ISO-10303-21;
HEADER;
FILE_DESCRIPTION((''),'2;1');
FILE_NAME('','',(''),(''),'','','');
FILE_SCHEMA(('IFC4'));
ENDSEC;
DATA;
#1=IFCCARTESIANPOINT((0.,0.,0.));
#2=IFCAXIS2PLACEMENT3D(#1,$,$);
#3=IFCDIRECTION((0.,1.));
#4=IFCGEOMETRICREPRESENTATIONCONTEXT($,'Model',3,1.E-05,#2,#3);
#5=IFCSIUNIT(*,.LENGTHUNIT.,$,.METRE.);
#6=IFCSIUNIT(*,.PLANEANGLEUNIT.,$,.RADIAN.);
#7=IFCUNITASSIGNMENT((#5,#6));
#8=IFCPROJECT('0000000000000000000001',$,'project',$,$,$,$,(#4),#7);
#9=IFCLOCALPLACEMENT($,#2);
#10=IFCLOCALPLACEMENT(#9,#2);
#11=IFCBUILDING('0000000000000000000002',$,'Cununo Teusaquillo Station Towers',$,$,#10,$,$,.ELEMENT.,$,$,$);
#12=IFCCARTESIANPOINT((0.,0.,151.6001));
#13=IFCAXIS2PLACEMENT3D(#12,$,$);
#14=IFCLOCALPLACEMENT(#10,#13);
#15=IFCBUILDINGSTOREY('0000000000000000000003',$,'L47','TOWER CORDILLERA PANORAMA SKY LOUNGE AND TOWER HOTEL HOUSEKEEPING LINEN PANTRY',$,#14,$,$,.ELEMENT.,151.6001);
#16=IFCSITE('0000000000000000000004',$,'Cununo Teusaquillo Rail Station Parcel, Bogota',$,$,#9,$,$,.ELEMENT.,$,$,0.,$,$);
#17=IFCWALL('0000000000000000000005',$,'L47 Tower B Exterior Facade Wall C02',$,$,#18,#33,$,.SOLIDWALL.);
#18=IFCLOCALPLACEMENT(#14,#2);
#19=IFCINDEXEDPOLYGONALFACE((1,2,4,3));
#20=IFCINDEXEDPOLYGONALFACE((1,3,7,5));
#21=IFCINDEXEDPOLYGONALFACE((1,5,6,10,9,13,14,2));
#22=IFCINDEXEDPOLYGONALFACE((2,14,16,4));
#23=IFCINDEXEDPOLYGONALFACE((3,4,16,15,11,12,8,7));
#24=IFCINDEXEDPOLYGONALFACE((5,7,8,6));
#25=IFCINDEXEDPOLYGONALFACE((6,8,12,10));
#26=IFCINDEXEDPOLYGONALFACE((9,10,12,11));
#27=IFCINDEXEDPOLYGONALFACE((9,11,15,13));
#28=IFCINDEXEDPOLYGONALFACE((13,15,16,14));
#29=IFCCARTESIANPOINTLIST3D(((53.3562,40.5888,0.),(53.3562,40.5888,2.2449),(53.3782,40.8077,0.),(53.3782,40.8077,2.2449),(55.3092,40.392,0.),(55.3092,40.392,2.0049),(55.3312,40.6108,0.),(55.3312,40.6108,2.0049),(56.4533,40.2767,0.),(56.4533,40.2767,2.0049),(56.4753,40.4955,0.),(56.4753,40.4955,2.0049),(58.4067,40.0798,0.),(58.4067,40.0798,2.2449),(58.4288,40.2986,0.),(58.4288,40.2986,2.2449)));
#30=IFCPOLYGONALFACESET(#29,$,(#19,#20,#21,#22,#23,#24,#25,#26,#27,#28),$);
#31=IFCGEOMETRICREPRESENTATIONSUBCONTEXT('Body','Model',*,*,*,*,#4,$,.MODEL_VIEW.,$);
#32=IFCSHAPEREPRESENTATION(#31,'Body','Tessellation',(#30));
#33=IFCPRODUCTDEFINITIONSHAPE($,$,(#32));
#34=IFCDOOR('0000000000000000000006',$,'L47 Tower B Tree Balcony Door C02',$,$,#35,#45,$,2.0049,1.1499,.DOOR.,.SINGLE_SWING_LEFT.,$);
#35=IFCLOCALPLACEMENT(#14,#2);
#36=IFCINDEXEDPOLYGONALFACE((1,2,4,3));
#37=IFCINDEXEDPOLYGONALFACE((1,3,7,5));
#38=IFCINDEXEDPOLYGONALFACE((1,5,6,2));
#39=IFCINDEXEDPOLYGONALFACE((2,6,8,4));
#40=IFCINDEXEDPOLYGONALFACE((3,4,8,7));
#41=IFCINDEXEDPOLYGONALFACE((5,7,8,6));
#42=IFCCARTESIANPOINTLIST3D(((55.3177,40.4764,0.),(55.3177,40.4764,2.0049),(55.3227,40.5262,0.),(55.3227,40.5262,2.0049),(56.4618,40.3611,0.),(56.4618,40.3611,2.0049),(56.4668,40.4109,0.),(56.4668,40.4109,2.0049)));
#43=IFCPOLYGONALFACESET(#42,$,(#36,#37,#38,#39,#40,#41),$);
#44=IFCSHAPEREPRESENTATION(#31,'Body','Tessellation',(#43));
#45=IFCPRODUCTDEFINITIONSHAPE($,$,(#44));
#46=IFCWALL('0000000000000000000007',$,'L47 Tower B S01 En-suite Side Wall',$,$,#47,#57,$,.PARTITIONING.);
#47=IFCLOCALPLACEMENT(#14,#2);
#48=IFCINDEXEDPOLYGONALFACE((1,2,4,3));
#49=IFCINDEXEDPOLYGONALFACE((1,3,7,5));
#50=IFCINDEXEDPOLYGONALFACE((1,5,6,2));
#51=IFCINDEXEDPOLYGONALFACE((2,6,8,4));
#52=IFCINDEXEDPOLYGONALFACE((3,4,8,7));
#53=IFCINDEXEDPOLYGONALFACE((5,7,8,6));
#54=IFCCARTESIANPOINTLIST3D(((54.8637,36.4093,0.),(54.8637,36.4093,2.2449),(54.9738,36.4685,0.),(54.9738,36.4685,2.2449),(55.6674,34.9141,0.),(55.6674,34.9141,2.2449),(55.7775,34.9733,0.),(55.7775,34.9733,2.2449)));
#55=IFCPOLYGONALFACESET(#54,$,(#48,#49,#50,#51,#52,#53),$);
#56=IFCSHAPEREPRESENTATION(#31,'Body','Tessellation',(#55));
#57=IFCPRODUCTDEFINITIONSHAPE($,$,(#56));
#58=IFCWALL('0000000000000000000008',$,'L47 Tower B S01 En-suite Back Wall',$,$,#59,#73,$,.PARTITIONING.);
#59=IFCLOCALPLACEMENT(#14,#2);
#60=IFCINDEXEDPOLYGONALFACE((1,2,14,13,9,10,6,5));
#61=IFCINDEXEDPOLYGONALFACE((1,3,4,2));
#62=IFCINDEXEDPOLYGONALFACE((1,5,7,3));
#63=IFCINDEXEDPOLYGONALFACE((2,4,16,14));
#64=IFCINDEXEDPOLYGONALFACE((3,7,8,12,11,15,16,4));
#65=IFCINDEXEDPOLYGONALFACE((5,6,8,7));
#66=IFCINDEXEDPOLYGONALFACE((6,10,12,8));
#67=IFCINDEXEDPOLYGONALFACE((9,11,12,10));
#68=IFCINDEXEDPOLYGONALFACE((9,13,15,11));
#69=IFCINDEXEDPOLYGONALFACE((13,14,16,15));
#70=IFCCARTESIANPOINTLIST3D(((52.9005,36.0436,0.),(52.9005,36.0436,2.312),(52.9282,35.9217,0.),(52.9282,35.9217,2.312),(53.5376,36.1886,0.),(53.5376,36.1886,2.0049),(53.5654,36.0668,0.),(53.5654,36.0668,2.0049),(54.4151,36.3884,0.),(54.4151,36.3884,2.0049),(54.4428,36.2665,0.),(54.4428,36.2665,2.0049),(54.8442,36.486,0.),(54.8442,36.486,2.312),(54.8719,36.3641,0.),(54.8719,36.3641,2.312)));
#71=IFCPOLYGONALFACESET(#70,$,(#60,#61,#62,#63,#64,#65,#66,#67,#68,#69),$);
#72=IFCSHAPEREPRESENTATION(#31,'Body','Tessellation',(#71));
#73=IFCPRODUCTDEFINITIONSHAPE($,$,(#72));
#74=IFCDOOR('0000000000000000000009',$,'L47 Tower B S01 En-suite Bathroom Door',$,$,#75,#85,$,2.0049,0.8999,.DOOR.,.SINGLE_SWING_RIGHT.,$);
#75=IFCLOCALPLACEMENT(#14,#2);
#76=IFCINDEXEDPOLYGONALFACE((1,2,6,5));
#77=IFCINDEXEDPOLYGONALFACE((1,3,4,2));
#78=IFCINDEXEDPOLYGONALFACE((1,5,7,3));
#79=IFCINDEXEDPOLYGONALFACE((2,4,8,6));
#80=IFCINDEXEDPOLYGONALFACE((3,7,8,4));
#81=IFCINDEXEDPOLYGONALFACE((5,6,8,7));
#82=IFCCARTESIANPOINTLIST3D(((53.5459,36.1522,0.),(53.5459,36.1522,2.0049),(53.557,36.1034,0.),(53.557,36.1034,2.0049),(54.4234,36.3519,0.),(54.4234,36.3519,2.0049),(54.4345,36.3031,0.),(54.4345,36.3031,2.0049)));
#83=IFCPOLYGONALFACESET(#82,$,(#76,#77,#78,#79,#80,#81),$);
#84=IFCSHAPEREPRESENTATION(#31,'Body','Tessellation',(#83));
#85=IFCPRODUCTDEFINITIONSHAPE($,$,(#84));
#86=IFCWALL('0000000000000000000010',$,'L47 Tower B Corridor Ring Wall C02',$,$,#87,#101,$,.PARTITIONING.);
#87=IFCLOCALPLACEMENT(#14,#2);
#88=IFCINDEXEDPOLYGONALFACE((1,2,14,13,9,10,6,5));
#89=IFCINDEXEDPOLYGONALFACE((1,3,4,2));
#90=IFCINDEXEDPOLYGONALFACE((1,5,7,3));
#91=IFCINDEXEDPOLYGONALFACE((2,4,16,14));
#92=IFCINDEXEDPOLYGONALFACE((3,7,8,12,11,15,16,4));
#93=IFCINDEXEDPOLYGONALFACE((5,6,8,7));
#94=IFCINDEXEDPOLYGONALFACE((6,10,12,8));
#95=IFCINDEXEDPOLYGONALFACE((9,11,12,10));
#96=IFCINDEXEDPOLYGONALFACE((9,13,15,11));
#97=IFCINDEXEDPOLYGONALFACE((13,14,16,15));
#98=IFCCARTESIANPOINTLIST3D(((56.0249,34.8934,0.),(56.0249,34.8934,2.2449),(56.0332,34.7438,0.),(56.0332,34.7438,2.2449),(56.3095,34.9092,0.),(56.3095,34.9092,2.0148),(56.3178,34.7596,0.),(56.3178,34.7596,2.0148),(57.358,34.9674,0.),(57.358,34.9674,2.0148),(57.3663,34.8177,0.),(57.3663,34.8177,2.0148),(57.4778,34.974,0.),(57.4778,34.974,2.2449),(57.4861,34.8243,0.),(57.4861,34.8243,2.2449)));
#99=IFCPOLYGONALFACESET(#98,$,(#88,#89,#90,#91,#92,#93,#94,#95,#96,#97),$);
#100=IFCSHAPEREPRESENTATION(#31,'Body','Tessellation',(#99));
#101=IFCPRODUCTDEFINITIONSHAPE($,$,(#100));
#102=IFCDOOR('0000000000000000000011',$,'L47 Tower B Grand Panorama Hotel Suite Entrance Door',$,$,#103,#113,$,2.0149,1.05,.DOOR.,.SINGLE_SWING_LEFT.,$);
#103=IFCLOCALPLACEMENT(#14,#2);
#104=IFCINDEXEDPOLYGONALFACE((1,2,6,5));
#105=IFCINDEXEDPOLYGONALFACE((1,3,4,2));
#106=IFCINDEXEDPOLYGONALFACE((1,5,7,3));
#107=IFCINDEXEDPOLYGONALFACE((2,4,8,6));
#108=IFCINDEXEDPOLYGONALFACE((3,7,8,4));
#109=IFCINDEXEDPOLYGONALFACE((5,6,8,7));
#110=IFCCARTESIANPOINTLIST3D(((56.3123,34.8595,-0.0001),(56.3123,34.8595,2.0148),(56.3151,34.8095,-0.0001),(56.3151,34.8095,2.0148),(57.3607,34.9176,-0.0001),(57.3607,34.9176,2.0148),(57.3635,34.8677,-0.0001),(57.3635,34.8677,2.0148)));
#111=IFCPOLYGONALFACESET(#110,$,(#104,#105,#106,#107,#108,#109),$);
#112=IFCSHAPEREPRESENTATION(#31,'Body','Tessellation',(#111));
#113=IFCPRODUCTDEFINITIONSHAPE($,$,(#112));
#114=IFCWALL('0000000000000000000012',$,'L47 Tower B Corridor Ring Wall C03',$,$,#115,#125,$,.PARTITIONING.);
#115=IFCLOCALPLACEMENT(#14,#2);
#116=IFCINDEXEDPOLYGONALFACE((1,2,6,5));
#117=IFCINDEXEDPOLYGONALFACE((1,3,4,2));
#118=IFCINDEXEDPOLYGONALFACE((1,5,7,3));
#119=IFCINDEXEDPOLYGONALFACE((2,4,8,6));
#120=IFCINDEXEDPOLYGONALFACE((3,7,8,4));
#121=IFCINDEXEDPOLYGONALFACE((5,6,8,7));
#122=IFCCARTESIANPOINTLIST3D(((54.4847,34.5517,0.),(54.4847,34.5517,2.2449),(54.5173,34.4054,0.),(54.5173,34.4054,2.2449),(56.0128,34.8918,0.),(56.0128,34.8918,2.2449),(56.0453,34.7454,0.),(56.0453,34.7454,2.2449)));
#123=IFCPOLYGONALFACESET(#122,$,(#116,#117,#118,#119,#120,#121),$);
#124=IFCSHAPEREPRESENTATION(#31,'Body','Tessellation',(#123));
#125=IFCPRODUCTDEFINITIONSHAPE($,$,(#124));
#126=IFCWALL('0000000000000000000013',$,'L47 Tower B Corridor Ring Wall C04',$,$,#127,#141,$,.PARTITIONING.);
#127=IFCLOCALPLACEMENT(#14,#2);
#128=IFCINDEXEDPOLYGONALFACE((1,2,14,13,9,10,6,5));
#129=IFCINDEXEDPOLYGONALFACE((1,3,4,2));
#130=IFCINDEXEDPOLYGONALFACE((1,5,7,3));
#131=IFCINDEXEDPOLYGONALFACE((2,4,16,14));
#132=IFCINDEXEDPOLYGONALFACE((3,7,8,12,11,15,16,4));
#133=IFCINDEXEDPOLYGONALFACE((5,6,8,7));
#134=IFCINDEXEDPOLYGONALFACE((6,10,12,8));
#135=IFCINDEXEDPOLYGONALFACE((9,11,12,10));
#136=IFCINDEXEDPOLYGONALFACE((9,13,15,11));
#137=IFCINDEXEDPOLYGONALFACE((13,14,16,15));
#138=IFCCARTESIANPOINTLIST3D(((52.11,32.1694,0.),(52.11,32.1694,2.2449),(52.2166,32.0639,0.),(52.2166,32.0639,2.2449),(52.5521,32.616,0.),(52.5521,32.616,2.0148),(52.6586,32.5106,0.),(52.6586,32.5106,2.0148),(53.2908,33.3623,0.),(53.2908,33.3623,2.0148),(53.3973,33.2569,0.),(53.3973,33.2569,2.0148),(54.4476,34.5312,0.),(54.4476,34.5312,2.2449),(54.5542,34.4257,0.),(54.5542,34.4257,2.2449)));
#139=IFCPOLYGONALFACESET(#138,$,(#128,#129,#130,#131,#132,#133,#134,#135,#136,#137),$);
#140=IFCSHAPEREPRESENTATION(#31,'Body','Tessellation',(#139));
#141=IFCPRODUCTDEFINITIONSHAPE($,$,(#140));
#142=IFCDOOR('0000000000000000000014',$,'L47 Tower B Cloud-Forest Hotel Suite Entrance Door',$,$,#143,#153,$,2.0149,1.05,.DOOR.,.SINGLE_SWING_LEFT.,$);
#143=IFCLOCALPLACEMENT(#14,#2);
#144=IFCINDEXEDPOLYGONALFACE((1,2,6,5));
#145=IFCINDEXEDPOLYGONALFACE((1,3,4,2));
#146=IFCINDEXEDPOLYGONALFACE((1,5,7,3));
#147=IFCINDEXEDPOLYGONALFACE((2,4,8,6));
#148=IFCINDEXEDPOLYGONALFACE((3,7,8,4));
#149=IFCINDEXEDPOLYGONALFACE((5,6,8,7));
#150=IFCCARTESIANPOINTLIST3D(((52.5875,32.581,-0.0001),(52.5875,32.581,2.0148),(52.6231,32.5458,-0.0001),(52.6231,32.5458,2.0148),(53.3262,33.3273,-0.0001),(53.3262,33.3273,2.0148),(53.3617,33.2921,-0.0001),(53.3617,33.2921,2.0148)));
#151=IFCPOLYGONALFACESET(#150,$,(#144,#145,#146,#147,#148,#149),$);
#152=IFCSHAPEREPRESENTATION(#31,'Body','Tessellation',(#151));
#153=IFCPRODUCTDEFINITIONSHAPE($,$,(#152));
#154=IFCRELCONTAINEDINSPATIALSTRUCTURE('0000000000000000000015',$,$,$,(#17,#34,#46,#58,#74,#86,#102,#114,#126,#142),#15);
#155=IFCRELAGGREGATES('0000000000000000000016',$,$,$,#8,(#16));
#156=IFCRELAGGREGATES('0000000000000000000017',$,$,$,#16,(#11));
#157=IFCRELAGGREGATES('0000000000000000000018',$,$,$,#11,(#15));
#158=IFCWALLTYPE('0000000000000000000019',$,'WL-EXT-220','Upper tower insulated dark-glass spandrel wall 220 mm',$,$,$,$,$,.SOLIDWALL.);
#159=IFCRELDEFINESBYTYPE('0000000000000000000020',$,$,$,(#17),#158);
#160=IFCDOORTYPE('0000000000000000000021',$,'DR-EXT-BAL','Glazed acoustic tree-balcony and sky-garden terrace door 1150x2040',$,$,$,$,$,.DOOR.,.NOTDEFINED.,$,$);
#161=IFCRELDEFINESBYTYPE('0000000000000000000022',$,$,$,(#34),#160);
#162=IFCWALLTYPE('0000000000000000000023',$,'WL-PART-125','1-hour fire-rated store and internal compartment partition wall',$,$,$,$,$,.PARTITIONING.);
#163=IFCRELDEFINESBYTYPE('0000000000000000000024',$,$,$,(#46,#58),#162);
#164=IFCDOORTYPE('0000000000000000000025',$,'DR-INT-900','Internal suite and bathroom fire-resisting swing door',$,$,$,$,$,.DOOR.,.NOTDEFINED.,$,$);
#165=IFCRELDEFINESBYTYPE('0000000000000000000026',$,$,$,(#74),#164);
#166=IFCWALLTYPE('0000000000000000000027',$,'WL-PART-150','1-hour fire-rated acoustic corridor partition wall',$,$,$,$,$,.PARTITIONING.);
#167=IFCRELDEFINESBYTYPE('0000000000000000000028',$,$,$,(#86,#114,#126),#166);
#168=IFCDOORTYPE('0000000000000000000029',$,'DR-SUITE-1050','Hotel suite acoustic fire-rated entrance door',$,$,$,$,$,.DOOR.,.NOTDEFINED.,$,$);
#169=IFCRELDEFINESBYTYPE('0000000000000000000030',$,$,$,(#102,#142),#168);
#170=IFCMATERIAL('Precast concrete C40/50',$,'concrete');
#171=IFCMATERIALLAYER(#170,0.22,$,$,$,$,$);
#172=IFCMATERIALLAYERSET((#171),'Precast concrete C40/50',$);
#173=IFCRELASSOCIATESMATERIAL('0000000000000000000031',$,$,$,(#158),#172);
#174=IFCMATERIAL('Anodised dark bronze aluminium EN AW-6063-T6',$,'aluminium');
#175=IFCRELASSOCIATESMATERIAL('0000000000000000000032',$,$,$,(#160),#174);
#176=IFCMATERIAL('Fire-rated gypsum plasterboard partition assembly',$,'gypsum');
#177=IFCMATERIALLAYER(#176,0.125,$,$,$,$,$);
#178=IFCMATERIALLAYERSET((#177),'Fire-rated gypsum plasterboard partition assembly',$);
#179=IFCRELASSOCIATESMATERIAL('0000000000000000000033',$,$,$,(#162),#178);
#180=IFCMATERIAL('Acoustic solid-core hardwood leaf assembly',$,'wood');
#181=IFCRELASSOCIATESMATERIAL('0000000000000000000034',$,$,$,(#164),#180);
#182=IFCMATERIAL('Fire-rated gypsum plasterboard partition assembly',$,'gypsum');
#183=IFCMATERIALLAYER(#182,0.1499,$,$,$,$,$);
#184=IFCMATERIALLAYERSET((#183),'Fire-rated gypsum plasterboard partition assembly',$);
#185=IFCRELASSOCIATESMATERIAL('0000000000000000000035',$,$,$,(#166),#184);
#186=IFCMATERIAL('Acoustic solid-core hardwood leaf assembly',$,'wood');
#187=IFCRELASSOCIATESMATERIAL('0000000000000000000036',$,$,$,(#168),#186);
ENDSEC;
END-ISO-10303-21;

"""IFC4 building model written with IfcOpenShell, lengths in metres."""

from ifc_helpers import new_model, si_unit, direction, frame, frame_2d, origin, place, context, subcontext, project, spatial, rectangle, extrude, source, transform, mapped, material, layer, layer_set, type_object, element, fill, save


model = new_model("IFC4")

# Units and contexts
model_context = context("Model", 3, precision=1e-05, world=origin(), true_north=direction((0.0, 1.0)))
body_context = subcontext(model_context, "Body", "Model", "MODEL_VIEW")
ifc_project = project(units=[si_unit("LENGTHUNIT", "METRE"), si_unit("PLANEANGLEUNIT", "RADIAN")], contexts=[model_context])

# Site, building, storey
site_placement = place(None, origin())
site = spatial("IfcSite", under=ifc_project, at=site_placement, Name="Cununo Teusaquillo Rail Station Parcel, Bogota", CompositionType="ELEMENT", RefElevation=0.0)
building_placement = place(site_placement, origin())
building = spatial("IfcBuilding", under=site, at=building_placement, Name="Cununo Teusaquillo Station Towers", CompositionType="ELEMENT")
storey_placement = place(building_placement, frame((0.0, 0.0, 151.6001)))
storey = spatial("IfcBuildingStorey", under=building, at=storey_placement, Name="L47", Description="TOWER CORDILLERA PANORAMA SKY LOUNGE AND TOWER HOTEL HOUSEKEEPING LINEN PANTRY", CompositionType="ELEMENT", Elevation=151.6001)

# Wall, opening, door
ifc_material_1 = material(Name="Precast concrete C40/50", Category="concrete")
ifc_layer_1 = layer(ifc_material_1, 0.22)
ifc_layer_set_1 = layer_set([ifc_layer_1], Name="Precast concrete C40/50")
wall_type_1 = type_object("IfcWallType", Name="WL-EXT-220", Description="Upper tower insulated dark-glass spandrel wall 220 mm", PredefinedType="SOLIDWALL", material=ifc_layer_set_1)
wall_1_placement = place(storey_placement, frame((53.3672, 40.6982, 0.0), z_axis=(0.0, 0.0, 1.0), x_axis=(0.994959, -0.10028, 0.0)))
wall_1 = element("IfcWall", 1, at=wall_1_placement, inside=storey, type_object=wall_type_1, Name="L47 Tower B Exterior Facade Wall C02", PredefinedType="SOLIDWALL", context=body_context, shape_type="SweptSolid", body=[
    extrude(rectangle(XDim=5.0762, YDim=0.22, at=frame_2d((2.5381, 0.0))), origin(), (0.0, 0.0, 1.0), 2.2449),
])
shared_shape_1 = source(origin(), body_context, "Body", "SweptSolid", [
    extrude(rectangle(XDim=1.1499, YDim=2.0049, at=frame_2d((0.575, 1.0024))), frame((0.0, 0.1199, 0.0), z_axis=(0.0, -1.0, 0.0), x_axis=(1.0, 0.0, 0.0)), (0.0, 0.0, 1.0), 0.24),
])
opening_1_placement = place(wall_1_placement, frame((1.9629, 0.0, 0.0)))
opening_1 = element("IfcOpeningElement", 2, at=opening_1_placement, cuts=wall_1, PredefinedType="OPENING", context=body_context, shape_type="MappedRepresentation", body=[
    mapped(shared_shape_1, transform((0.0, 0.0, 0.0), x_axis=(1.0, 0.0, 0.0), y_axis=(0.0, 1.0, 0.0), z_axis=(0.0, 0.0, 1.0), scale=1.0)),
])
ifc_material_2 = material(Name="Anodised dark bronze aluminium EN AW-6063-T6", Category="aluminium")
door_type_1 = type_object("IfcDoorType", Name="DR-EXT-BAL", Description="Glazed acoustic tree-balcony and sky-garden terrace door 1150x2040", OperationType="NOTDEFINED", PredefinedType="DOOR", material=ifc_material_2)
shared_shape_2 = source(origin(), body_context, "Body", "SweptSolid", [
    extrude(rectangle(XDim=1.1499, YDim=2.0049, at=frame_2d((0.575, 1.0024))), frame((0.0, 0.0249, 0.0), z_axis=(0.0, -1.0, 0.0), x_axis=(1.0, 0.0, 0.0)), (0.0, 0.0, 1.0), 0.05),
])
door_1_placement = place(opening_1_placement, origin())
door_1 = element("IfcDoor", 3, at=door_1_placement, inside=storey, type_object=door_type_1, Name="L47 Tower B Tree Balcony Door C02", OperationType="SINGLE_SWING_LEFT", OverallHeight=2.0049, OverallWidth=1.1499, PredefinedType="DOOR", context=body_context, shape_type="MappedRepresentation", body=[
    mapped(shared_shape_2, transform((0.0, 0.0, 0.0), x_axis=(1.0, 0.0, 0.0), y_axis=(0.0, 1.0, 0.0), z_axis=(0.0, 0.0, 1.0), scale=1.0)),
])
fill(opening_1, door_1)

# Wall
ifc_material_3 = material(Name="Fire-rated gypsum plasterboard partition assembly", Category="gypsum")
ifc_layer_2 = layer(ifc_material_3, 0.125)
ifc_layer_set_2 = layer_set([ifc_layer_2], Name="Fire-rated gypsum plasterboard partition assembly")
wall_type_2 = type_object("IfcWallType", Name="WL-PART-125", Description="1-hour fire-rated store and internal compartment partition wall", PredefinedType="PARTITIONING", material=ifc_layer_set_2)
wall_2_placement = place(storey_placement, frame((55.7224, 34.9438, 0.0), z_axis=(0.0, 0.0, 1.0), x_axis=(-0.473482, 0.880803, 0.0)))
element("IfcWall", 4, at=wall_2_placement, inside=storey, type_object=wall_type_2, Name="L47 Tower B S01 En-suite Side Wall", PredefinedType="PARTITIONING", context=body_context, shape_type="SweptSolid", body=[
    extrude(rectangle(XDim=1.6975, YDim=0.125, at=frame_2d((0.8486, 0.0))), origin(), (0.0, 0.0, 1.0), 2.2449),
])

# Walls, openings, doors
wall_3_placement = place(storey_placement, frame((54.8579, 36.425, 0.0), z_axis=(0.0, 0.0, 1.0), x_axis=(-0.975062, -0.221933, 0.0)))
wall_3 = element("IfcWall", 5, at=wall_3_placement, inside=storey, type_object=wall_type_2, Name="L47 Tower B S01 En-suite Back Wall", PredefinedType="PARTITIONING", context=body_context, shape_type="SweptSolid", body=[
    extrude(rectangle(XDim=1.9934, YDim=0.125, at=frame_2d((0.9966, 0.0))), origin(), (0.0, 0.0, 1.0), 2.312),
])
shared_shape_3 = source(origin(), body_context, "Body", "SweptSolid", [
    extrude(rectangle(XDim=0.8999, YDim=2.0049, at=frame_2d((0.45, 1.0024))), frame((0.0, 0.0725, 0.0), z_axis=(0.0, -1.0, 0.0), x_axis=(1.0, 0.0, 0.0)), (0.0, 0.0, 1.0), 0.145),
])
opening_2_placement = place(wall_3_placement, frame((0.4399, 0.0, 0.0)))
opening_2 = element("IfcOpeningElement", 6, at=opening_2_placement, cuts=wall_3, PredefinedType="OPENING", context=body_context, shape_type="MappedRepresentation", body=[
    mapped(shared_shape_3, transform((0.0, 0.0, 0.0), x_axis=(1.0, 0.0, 0.0), y_axis=(0.0, 1.0, 0.0), z_axis=(0.0, 0.0, 1.0), scale=1.0)),
])
ifc_material_4 = material(Name="Acoustic solid-core hardwood leaf assembly", Category="wood")
door_type_2 = type_object("IfcDoorType", Name="DR-INT-900", Description="Internal suite and bathroom fire-resisting swing door", OperationType="NOTDEFINED", PredefinedType="DOOR", material=ifc_material_4)
shared_shape_4 = source(origin(), body_context, "Body", "SweptSolid", [
    extrude(rectangle(XDim=0.8999, YDim=2.0049, at=frame_2d((0.45, 1.0024))), frame((0.0, 0.0249, 0.0), z_axis=(0.0, -1.0, 0.0), x_axis=(1.0, 0.0, 0.0)), (0.0, 0.0, 1.0), 0.05),
])
door_2_placement = place(opening_2_placement, origin())
door_2 = element("IfcDoor", 7, at=door_2_placement, inside=storey, type_object=door_type_2, Name="L47 Tower B S01 En-suite Bathroom Door", OperationType="SINGLE_SWING_RIGHT", OverallHeight=2.0049, OverallWidth=0.8999, PredefinedType="DOOR", context=body_context, shape_type="MappedRepresentation", body=[
    mapped(shared_shape_4, transform((0.0, 0.0, 0.0), x_axis=(1.0, 0.0, 0.0), y_axis=(0.0, 1.0, 0.0), z_axis=(0.0, 0.0, 1.0), scale=1.0)),
])
fill(opening_2, door_2)
ifc_material_5 = material(Name="Fire-rated gypsum plasterboard partition assembly", Category="gypsum")
ifc_layer_3 = layer(ifc_material_5, 0.1499)
ifc_layer_set_3 = layer_set([ifc_layer_3], Name="Fire-rated gypsum plasterboard partition assembly")
wall_type_3 = type_object("IfcWallType", Name="WL-PART-150", Description="1-hour fire-rated acoustic corridor partition wall", PredefinedType="PARTITIONING", material=ifc_layer_set_3)
wall_4_placement = place(storey_placement, frame((57.4819, 34.8992, 0.0), z_axis=(0.0, 0.0, 1.0), x_axis=(-0.998466, -0.055368, 0.0)))
wall_4 = element("IfcWall", 8, at=wall_4_placement, inside=storey, type_object=wall_type_3, Name="L47 Tower B Corridor Ring Wall C02", PredefinedType="PARTITIONING", context=body_context, shape_type="SweptSolid", body=[
    extrude(rectangle(XDim=1.4551, YDim=0.1499, at=frame_2d((0.7275, 0.0))), origin(), (0.0, 0.0, 1.0), 2.2449),
])
shared_shape_5 = source(origin(), body_context, "Body", "SweptSolid", [
    extrude(rectangle(XDim=1.05, YDim=2.0149, at=frame_2d((0.5249, 1.0073))), frame((0.0, 0.085, 0.0), z_axis=(0.0, -1.0, 0.0), x_axis=(1.0, 0.0, 0.0)), (0.0, 0.0, 1.0), 0.1699),
])
opening_3_placement = place(wall_4_placement, frame((0.1201, 0.0, 0.0)))
opening_3 = element("IfcOpeningElement", 9, at=opening_3_placement, cuts=wall_4, PredefinedType="OPENING", context=body_context, shape_type="MappedRepresentation", body=[
    mapped(shared_shape_5, transform((0.0, 0.0, 0.0), x_axis=(1.0, 0.0, 0.0), y_axis=(0.0, 1.0, 0.0), z_axis=(0.0, 0.0, 1.0), scale=1.0)),
])
ifc_material_6 = material(Name="Acoustic solid-core hardwood leaf assembly", Category="wood")
door_type_3 = type_object("IfcDoorType", Name="DR-SUITE-1050", Description="Hotel suite acoustic fire-rated entrance door", OperationType="NOTDEFINED", PredefinedType="DOOR", material=ifc_material_6)
shared_shape_6 = source(origin(), body_context, "Body", "SweptSolid", [
    extrude(rectangle(XDim=1.05, YDim=2.0149, at=frame_2d((0.5249, 1.0073))), frame((0.0, 0.0249, 0.0), z_axis=(0.0, -1.0, 0.0), x_axis=(1.0, 0.0, 0.0)), (0.0, 0.0, 1.0), 0.05),
])
door_3_placement = place(opening_3_placement, origin())
door_3 = element("IfcDoor", 10, at=door_3_placement, inside=storey, type_object=door_type_3, Name="L47 Tower B Grand Panorama Hotel Suite Entrance Door", OperationType="SINGLE_SWING_LEFT", OverallHeight=2.0149, OverallWidth=1.05, PredefinedType="DOOR", context=body_context, shape_type="MappedRepresentation", body=[
    mapped(shared_shape_6, transform((0.0, 0.0, 0.0), x_axis=(1.0, 0.0, 0.0), y_axis=(0.0, 1.0, 0.0), z_axis=(0.0, 0.0, 1.0), scale=1.0)),
])
fill(opening_3, door_3)

# Wall
wall_5_placement = place(storey_placement, frame((56.0291, 34.8186, 0.0), z_axis=(0.0, 0.0, 1.0), x_axis=(-0.976117, -0.217244, 0.0)))
element("IfcWall", 11, at=wall_5_placement, inside=storey, type_object=wall_type_3, Name="L47 Tower B Corridor Ring Wall C03", PredefinedType="PARTITIONING", context=body_context, shape_type="SweptSolid", body=[
    extrude(rectangle(XDim=1.5654, YDim=0.1499, at=frame_2d((0.7827, 0.0))), origin(), (0.0, 0.0, 1.0), 2.2449),
])

# Wall, opening, door
wall_6_placement = place(storey_placement, frame((54.501, 34.4785, 0.0), z_axis=(0.0, 0.0, 1.0), x_axis=(-0.703461, -0.710734, 0.0)))
wall_6 = element("IfcWall", 12, at=wall_6_placement, inside=storey, type_object=wall_type_3, Name="L47 Tower B Corridor Ring Wall C04", PredefinedType="PARTITIONING", context=body_context, shape_type="SweptSolid", body=[
    extrude(rectangle(XDim=3.323, YDim=0.1499, at=frame_2d((1.6616, 0.0))), origin(), (0.0, 0.0, 1.0), 2.2449),
])
opening_4_placement = place(wall_6_placement, frame((1.6448, 0.0, 0.0)))
opening_4 = element("IfcOpeningElement", 13, at=opening_4_placement, cuts=wall_6, PredefinedType="OPENING", context=body_context, shape_type="MappedRepresentation", body=[
    mapped(shared_shape_5, transform((0.0, 0.0, 0.0), x_axis=(1.0, 0.0, 0.0), y_axis=(0.0, 1.0, 0.0), z_axis=(0.0, 0.0, 1.0), scale=1.0)),
])
door_4_placement = place(opening_4_placement, origin())
door_4 = element("IfcDoor", 14, at=door_4_placement, inside=storey, type_object=door_type_3, Name="L47 Tower B Cloud-Forest Hotel Suite Entrance Door", OperationType="SINGLE_SWING_LEFT", OverallHeight=2.0149, OverallWidth=1.05, PredefinedType="DOOR", context=body_context, shape_type="MappedRepresentation", body=[
    mapped(shared_shape_6, transform((0.0, 0.0, 0.0), x_axis=(1.0, 0.0, 0.0), y_axis=(0.0, 1.0, 0.0), z_axis=(0.0, 0.0, 1.0), scale=1.0)),
])
fill(opening_4, door_4)

save(model, "model.ifc")
